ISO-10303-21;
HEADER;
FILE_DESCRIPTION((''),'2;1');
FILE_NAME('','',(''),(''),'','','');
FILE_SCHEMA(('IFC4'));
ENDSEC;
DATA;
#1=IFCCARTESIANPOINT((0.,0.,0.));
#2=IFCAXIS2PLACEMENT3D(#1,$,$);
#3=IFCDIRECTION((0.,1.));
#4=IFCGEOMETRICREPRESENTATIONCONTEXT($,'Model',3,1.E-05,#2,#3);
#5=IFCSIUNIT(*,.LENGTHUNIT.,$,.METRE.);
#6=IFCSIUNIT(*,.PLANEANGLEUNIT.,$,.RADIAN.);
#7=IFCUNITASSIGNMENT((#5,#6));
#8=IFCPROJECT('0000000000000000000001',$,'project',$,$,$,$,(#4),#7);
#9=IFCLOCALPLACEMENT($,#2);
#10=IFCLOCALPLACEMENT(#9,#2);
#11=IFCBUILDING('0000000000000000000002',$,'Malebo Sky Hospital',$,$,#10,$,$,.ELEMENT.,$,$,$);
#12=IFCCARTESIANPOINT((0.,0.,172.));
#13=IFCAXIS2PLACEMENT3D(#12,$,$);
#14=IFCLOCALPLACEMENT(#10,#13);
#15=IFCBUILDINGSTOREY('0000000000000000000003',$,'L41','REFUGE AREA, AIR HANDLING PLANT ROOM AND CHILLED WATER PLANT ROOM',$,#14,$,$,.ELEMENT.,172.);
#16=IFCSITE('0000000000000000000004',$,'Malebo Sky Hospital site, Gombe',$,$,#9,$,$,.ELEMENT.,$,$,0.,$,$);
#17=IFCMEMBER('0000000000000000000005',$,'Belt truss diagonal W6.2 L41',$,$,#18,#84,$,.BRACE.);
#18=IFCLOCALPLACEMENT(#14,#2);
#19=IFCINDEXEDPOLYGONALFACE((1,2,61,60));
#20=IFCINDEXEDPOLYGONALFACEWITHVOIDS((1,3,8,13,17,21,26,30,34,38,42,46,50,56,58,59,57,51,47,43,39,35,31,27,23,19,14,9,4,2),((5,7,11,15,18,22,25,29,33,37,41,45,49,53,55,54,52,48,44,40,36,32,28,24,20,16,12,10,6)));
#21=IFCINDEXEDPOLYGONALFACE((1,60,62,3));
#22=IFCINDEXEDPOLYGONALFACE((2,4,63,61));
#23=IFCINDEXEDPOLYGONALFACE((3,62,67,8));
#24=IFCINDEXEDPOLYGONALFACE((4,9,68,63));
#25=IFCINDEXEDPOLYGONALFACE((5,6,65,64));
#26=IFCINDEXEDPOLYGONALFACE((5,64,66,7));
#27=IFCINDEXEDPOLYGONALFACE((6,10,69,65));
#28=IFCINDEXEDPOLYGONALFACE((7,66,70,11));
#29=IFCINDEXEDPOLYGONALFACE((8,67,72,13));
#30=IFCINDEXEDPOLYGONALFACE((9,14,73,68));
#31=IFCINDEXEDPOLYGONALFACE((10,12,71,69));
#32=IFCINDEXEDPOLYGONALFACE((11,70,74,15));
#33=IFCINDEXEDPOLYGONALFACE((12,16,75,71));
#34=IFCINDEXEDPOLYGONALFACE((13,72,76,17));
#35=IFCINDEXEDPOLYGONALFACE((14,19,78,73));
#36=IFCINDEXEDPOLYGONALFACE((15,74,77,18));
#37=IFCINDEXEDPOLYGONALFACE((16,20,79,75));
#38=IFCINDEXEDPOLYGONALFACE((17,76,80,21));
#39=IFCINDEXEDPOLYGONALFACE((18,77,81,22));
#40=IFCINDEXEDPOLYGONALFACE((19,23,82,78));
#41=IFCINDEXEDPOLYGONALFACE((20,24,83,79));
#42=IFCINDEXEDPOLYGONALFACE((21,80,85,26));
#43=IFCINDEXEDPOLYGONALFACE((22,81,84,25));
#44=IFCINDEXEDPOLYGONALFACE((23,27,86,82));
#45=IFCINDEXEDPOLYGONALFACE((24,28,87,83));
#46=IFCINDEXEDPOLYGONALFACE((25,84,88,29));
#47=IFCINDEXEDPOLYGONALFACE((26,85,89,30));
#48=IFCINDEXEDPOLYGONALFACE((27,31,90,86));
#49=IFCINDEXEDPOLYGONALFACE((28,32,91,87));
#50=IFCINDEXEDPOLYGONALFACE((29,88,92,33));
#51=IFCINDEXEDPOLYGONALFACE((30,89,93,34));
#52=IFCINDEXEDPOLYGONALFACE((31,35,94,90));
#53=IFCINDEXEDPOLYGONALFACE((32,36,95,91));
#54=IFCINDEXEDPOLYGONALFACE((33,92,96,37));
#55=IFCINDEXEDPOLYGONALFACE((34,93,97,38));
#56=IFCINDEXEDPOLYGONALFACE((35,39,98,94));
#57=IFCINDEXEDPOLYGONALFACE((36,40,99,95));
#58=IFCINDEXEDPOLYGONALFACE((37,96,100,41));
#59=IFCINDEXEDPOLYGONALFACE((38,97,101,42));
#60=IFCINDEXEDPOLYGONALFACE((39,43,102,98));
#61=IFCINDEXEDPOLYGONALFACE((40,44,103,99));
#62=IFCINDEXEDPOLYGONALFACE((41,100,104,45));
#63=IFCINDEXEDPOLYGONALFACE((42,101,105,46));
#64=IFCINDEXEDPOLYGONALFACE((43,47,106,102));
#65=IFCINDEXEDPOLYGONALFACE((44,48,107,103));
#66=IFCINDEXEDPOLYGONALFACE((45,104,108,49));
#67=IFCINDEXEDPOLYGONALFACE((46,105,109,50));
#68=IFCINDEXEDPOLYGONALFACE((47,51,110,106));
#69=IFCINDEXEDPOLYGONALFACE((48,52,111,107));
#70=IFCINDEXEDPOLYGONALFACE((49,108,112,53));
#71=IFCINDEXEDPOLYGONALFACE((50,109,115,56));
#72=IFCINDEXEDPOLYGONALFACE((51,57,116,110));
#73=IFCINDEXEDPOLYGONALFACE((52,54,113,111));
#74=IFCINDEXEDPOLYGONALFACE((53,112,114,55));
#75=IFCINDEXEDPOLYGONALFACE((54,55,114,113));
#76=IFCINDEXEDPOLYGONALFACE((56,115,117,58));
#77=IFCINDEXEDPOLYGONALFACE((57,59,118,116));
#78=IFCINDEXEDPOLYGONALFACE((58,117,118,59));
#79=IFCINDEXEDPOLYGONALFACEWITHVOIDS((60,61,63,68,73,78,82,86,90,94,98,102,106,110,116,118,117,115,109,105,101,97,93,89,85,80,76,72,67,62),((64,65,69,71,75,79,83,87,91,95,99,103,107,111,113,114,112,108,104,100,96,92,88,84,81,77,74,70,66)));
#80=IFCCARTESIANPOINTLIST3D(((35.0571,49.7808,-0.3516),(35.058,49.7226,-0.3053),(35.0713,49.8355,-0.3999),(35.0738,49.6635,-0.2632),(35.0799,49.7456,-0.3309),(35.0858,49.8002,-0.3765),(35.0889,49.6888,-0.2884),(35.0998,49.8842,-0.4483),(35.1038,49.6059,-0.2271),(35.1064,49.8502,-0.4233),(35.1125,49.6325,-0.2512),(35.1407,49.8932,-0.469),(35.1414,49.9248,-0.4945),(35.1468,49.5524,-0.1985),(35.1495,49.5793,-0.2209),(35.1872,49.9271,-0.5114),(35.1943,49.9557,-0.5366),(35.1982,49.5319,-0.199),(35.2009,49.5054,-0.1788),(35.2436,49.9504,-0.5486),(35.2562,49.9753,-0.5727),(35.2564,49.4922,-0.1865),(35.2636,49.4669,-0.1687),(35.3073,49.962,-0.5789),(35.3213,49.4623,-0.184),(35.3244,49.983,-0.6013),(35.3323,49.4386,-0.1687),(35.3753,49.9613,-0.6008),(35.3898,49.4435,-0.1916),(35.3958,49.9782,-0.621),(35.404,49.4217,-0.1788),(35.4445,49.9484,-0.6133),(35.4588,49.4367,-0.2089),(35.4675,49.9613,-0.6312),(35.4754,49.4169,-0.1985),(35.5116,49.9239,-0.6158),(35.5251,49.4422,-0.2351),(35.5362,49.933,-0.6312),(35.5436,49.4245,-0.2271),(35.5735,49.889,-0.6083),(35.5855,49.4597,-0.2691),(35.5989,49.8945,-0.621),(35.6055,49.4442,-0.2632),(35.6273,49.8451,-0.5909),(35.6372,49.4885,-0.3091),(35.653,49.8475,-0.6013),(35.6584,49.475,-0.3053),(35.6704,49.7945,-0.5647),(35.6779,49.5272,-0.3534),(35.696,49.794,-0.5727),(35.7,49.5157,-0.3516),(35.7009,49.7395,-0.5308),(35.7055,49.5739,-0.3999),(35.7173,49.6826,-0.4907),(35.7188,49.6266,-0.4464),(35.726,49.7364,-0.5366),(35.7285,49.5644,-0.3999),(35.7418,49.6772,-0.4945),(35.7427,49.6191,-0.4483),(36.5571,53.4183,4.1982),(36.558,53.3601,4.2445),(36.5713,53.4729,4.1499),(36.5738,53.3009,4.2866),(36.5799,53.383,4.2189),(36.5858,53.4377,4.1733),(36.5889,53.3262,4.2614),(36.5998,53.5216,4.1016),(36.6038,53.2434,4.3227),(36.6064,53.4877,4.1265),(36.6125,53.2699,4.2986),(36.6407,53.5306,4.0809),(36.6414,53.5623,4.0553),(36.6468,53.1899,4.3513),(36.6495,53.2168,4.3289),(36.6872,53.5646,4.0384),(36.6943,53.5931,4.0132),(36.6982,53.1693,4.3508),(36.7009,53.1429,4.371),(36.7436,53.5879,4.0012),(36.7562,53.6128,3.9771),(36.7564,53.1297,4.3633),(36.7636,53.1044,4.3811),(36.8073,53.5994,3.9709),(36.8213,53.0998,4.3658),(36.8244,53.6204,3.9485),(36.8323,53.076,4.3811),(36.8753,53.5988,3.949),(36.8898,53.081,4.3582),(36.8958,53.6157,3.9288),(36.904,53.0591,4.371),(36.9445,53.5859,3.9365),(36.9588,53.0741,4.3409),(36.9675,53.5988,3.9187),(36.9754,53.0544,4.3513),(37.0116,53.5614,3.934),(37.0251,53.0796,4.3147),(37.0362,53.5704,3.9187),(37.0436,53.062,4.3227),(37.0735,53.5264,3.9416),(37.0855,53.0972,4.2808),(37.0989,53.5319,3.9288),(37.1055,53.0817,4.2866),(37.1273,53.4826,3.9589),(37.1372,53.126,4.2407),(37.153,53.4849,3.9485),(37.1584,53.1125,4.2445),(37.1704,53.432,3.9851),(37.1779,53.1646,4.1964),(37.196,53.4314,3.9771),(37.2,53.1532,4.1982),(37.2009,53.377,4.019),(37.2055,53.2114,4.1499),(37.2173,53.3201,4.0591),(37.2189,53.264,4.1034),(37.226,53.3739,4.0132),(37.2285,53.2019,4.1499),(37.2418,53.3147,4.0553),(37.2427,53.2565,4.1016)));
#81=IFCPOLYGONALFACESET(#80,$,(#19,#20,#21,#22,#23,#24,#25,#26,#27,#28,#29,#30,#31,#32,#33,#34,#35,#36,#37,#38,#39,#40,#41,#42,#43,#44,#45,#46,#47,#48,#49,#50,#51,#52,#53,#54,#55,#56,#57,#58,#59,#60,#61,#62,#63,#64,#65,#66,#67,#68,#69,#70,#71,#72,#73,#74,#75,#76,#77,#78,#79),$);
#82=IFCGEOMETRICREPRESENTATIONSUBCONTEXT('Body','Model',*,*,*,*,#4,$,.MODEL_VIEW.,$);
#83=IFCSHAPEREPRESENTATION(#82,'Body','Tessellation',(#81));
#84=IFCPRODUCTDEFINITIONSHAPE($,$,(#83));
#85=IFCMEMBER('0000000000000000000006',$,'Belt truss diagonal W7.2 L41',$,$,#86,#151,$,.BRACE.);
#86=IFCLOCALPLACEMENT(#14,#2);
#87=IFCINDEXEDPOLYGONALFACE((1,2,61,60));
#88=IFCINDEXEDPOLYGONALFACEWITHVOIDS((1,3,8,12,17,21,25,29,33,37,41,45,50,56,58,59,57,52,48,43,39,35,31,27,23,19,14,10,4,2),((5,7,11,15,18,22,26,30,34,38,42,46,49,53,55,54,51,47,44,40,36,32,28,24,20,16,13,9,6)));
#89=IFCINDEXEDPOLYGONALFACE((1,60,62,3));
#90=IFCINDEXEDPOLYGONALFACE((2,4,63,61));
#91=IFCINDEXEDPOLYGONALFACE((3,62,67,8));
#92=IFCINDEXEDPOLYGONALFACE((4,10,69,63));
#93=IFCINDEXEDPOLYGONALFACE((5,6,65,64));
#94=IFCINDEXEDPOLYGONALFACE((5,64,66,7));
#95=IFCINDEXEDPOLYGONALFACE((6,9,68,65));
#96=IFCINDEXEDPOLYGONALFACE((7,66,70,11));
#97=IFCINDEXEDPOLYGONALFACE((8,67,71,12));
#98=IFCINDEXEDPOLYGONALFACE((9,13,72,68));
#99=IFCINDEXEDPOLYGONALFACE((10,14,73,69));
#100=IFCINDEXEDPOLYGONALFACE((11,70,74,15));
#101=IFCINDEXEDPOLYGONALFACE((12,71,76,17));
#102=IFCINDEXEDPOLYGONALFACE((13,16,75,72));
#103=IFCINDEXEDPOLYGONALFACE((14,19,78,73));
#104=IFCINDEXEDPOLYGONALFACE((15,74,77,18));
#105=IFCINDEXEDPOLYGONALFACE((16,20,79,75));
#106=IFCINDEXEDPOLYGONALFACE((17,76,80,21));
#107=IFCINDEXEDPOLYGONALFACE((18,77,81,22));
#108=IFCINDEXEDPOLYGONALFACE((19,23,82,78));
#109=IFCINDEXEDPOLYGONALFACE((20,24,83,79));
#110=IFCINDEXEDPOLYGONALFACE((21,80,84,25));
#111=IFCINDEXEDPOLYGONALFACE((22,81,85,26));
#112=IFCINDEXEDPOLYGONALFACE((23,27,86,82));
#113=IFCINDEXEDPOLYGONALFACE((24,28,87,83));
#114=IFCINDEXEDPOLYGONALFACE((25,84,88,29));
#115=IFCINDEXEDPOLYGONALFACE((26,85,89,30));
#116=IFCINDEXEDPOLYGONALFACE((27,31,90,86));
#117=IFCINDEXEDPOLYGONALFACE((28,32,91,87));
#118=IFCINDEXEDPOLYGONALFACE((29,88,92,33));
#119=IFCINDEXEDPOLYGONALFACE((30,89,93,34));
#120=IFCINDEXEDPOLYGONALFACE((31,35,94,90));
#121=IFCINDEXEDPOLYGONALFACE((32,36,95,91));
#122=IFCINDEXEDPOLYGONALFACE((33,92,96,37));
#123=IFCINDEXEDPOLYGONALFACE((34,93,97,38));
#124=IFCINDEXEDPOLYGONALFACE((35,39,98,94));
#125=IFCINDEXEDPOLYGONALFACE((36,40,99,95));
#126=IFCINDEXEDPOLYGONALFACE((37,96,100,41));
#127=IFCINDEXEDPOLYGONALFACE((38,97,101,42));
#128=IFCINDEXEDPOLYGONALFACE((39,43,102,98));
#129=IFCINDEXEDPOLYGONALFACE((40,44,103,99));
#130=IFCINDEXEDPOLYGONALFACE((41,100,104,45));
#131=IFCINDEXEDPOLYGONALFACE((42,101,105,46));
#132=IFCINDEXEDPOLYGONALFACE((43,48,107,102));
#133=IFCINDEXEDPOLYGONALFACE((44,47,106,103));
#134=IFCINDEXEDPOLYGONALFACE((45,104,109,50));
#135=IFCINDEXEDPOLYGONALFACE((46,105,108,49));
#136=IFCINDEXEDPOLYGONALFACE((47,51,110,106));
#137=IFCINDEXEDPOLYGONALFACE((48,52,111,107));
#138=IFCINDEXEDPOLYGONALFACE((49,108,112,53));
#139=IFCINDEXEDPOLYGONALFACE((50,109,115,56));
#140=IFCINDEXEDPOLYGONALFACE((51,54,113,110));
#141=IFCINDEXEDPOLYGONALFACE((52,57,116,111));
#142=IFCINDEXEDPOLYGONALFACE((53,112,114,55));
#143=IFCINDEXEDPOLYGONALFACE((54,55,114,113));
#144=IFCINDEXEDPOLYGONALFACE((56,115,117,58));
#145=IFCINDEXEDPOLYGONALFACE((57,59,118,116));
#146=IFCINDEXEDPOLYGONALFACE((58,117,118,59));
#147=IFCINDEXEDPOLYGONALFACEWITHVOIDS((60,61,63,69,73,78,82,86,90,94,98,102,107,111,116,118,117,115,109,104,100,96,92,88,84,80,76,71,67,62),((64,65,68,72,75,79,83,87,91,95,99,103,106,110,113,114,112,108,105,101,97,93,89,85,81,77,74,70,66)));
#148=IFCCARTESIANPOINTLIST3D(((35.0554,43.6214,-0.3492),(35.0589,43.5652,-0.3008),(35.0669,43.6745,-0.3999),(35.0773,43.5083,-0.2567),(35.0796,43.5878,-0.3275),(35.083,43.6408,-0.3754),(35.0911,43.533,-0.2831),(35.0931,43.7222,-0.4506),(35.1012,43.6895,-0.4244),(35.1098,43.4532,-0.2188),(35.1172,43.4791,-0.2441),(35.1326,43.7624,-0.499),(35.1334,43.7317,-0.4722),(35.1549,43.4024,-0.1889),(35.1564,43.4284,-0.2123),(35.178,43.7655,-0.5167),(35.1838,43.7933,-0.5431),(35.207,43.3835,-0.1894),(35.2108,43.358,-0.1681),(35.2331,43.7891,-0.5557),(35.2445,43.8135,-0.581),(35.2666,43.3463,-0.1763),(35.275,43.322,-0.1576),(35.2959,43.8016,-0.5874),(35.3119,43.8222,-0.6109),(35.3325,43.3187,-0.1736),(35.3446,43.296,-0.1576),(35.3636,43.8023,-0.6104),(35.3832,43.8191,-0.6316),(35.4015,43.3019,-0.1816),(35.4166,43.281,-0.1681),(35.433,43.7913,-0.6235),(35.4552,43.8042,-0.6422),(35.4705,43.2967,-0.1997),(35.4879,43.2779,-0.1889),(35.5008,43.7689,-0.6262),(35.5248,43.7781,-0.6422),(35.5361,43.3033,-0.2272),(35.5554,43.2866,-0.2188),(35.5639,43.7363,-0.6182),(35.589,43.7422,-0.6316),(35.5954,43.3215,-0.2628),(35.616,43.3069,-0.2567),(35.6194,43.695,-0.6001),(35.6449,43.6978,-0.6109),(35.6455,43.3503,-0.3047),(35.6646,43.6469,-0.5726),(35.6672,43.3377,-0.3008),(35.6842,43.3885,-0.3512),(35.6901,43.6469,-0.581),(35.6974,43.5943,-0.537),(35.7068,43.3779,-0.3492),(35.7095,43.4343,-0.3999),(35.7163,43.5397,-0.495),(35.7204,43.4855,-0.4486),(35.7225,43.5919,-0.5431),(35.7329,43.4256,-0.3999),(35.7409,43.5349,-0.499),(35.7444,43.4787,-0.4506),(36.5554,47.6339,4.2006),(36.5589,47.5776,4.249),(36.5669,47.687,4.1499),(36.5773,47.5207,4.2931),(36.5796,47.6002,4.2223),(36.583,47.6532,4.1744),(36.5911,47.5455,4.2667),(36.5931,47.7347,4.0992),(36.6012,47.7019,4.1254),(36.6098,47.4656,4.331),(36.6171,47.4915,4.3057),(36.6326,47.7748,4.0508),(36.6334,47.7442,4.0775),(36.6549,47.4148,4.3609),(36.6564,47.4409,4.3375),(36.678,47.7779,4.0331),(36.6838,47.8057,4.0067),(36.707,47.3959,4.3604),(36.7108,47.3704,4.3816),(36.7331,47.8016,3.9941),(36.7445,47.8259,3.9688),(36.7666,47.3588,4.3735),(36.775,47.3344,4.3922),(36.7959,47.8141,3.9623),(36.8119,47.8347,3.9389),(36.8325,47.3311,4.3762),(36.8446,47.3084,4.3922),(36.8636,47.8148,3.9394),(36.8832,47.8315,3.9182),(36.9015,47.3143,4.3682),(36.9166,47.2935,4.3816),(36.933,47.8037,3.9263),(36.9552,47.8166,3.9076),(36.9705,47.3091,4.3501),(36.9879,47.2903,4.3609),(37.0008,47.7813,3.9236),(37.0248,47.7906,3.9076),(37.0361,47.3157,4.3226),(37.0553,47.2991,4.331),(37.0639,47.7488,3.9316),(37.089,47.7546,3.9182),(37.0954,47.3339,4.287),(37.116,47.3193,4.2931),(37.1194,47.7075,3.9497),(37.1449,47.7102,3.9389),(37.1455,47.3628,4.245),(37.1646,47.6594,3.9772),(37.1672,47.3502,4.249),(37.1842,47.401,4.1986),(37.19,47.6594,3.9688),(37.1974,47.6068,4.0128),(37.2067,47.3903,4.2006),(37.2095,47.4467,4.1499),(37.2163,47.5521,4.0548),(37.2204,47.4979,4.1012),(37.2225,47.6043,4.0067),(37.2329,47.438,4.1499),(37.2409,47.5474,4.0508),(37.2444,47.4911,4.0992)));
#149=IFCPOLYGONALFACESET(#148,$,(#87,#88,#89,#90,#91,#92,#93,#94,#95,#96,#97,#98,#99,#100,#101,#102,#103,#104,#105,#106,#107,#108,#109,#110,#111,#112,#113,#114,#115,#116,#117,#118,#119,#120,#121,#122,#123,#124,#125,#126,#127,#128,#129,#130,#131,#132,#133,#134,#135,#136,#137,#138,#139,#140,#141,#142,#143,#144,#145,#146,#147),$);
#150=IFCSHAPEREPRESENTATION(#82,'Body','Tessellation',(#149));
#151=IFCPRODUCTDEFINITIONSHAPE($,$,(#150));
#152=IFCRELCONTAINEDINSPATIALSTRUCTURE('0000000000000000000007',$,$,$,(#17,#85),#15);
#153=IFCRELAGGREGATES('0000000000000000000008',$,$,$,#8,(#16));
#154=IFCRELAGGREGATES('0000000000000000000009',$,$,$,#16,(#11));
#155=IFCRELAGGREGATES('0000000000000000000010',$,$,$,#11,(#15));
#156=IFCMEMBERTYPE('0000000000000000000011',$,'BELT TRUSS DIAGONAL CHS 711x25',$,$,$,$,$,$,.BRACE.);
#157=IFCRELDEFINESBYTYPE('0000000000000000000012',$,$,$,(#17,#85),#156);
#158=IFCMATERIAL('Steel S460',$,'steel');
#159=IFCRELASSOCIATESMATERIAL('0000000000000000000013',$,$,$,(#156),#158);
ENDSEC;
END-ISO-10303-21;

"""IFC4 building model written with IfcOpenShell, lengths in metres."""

from ifc_helpers import new_model, si_unit, direction, frame, origin, origin_2d, place, context, subcontext, project, spatial, hollow_circle, extrude, material, material_profile, profile_set, type_object, element, save


model = new_model("IFC4")

# Units and contexts
model_context = context("Model", 3, precision=1e-05, world=origin(), true_north=direction((0.0, 1.0)))
body_context = subcontext(model_context, "Body", "Model", "MODEL_VIEW")
ifc_project = project(units=[si_unit("LENGTHUNIT", "METRE"), si_unit("PLANEANGLEUNIT", "RADIAN")], contexts=[model_context])

# Site, building, storey
site_placement = place(None, origin())
site = spatial("IfcSite", under=ifc_project, at=site_placement, Name="Malebo Sky Hospital site, Gombe", CompositionType="ELEMENT", RefElevation=0.0)
building_placement = place(site_placement, origin())
building = spatial("IfcBuilding", under=site, at=building_placement, Name="Malebo Sky Hospital", CompositionType="ELEMENT")
storey_placement = place(building_placement, frame((0.0, 0.0, 172.0)))
storey = spatial("IfcBuildingStorey", under=building, at=storey_placement, Name="L41", Description="REFUGE AREA, AIR HANDLING PLANT ROOM AND CHILLED WATER PLANT ROOM", CompositionType="ELEMENT", Elevation=172.0)

# Members
ifc_material_1 = material(Name="Steel S460", Category="steel")
ifc_material_profile = material_profile(ifc_material_1, hollow_circle(Radius=0.3555, WallThickness=0.0249, at=origin_2d()), Name="CHS 711x25")
ifc_profile_set = profile_set([ifc_material_profile], Name="Steel S460")
member_type = type_object("IfcMemberType", Name="BELT TRUSS DIAGONAL CHS 711x25", PredefinedType="BRACE", material=ifc_profile_set)
member_1_placement = place(storey_placement, frame((36.8999, 53.3374, 4.1499), z_axis=(-0.249371, -0.604717, -0.756394), x_axis=(0.924479, -0.381233, 0.0)))
element("IfcMember", 1, at=member_1_placement, inside=storey, type_object=member_type, Name="Belt truss diagonal W6.2 L41", PredefinedType="BRACE", context=body_context, shape_type="SweptSolid", body=[
    extrude(hollow_circle(Radius=0.3555, WallThickness=0.0249, at=origin_2d()), origin(), (0.0, 0.0, 1.0), 6.0151),
])
member_2_placement = place(storey_placement, frame((36.8999, 47.5625, 4.1499), z_axis=(-0.240037, -0.642091, -0.728081), x_axis=(0.936687, -0.350168, 0.0)))
element("IfcMember", 2, at=member_2_placement, inside=storey, type_object=member_type, Name="Belt truss diagonal W7.2 L41", PredefinedType="BRACE", context=body_context, shape_type="SweptSolid", body=[
    extrude(hollow_circle(Radius=0.3555, WallThickness=0.0249, at=origin_2d()), origin(), (0.0, 0.0, 1.0), 6.249),
])

save(model, "model.ifc")
